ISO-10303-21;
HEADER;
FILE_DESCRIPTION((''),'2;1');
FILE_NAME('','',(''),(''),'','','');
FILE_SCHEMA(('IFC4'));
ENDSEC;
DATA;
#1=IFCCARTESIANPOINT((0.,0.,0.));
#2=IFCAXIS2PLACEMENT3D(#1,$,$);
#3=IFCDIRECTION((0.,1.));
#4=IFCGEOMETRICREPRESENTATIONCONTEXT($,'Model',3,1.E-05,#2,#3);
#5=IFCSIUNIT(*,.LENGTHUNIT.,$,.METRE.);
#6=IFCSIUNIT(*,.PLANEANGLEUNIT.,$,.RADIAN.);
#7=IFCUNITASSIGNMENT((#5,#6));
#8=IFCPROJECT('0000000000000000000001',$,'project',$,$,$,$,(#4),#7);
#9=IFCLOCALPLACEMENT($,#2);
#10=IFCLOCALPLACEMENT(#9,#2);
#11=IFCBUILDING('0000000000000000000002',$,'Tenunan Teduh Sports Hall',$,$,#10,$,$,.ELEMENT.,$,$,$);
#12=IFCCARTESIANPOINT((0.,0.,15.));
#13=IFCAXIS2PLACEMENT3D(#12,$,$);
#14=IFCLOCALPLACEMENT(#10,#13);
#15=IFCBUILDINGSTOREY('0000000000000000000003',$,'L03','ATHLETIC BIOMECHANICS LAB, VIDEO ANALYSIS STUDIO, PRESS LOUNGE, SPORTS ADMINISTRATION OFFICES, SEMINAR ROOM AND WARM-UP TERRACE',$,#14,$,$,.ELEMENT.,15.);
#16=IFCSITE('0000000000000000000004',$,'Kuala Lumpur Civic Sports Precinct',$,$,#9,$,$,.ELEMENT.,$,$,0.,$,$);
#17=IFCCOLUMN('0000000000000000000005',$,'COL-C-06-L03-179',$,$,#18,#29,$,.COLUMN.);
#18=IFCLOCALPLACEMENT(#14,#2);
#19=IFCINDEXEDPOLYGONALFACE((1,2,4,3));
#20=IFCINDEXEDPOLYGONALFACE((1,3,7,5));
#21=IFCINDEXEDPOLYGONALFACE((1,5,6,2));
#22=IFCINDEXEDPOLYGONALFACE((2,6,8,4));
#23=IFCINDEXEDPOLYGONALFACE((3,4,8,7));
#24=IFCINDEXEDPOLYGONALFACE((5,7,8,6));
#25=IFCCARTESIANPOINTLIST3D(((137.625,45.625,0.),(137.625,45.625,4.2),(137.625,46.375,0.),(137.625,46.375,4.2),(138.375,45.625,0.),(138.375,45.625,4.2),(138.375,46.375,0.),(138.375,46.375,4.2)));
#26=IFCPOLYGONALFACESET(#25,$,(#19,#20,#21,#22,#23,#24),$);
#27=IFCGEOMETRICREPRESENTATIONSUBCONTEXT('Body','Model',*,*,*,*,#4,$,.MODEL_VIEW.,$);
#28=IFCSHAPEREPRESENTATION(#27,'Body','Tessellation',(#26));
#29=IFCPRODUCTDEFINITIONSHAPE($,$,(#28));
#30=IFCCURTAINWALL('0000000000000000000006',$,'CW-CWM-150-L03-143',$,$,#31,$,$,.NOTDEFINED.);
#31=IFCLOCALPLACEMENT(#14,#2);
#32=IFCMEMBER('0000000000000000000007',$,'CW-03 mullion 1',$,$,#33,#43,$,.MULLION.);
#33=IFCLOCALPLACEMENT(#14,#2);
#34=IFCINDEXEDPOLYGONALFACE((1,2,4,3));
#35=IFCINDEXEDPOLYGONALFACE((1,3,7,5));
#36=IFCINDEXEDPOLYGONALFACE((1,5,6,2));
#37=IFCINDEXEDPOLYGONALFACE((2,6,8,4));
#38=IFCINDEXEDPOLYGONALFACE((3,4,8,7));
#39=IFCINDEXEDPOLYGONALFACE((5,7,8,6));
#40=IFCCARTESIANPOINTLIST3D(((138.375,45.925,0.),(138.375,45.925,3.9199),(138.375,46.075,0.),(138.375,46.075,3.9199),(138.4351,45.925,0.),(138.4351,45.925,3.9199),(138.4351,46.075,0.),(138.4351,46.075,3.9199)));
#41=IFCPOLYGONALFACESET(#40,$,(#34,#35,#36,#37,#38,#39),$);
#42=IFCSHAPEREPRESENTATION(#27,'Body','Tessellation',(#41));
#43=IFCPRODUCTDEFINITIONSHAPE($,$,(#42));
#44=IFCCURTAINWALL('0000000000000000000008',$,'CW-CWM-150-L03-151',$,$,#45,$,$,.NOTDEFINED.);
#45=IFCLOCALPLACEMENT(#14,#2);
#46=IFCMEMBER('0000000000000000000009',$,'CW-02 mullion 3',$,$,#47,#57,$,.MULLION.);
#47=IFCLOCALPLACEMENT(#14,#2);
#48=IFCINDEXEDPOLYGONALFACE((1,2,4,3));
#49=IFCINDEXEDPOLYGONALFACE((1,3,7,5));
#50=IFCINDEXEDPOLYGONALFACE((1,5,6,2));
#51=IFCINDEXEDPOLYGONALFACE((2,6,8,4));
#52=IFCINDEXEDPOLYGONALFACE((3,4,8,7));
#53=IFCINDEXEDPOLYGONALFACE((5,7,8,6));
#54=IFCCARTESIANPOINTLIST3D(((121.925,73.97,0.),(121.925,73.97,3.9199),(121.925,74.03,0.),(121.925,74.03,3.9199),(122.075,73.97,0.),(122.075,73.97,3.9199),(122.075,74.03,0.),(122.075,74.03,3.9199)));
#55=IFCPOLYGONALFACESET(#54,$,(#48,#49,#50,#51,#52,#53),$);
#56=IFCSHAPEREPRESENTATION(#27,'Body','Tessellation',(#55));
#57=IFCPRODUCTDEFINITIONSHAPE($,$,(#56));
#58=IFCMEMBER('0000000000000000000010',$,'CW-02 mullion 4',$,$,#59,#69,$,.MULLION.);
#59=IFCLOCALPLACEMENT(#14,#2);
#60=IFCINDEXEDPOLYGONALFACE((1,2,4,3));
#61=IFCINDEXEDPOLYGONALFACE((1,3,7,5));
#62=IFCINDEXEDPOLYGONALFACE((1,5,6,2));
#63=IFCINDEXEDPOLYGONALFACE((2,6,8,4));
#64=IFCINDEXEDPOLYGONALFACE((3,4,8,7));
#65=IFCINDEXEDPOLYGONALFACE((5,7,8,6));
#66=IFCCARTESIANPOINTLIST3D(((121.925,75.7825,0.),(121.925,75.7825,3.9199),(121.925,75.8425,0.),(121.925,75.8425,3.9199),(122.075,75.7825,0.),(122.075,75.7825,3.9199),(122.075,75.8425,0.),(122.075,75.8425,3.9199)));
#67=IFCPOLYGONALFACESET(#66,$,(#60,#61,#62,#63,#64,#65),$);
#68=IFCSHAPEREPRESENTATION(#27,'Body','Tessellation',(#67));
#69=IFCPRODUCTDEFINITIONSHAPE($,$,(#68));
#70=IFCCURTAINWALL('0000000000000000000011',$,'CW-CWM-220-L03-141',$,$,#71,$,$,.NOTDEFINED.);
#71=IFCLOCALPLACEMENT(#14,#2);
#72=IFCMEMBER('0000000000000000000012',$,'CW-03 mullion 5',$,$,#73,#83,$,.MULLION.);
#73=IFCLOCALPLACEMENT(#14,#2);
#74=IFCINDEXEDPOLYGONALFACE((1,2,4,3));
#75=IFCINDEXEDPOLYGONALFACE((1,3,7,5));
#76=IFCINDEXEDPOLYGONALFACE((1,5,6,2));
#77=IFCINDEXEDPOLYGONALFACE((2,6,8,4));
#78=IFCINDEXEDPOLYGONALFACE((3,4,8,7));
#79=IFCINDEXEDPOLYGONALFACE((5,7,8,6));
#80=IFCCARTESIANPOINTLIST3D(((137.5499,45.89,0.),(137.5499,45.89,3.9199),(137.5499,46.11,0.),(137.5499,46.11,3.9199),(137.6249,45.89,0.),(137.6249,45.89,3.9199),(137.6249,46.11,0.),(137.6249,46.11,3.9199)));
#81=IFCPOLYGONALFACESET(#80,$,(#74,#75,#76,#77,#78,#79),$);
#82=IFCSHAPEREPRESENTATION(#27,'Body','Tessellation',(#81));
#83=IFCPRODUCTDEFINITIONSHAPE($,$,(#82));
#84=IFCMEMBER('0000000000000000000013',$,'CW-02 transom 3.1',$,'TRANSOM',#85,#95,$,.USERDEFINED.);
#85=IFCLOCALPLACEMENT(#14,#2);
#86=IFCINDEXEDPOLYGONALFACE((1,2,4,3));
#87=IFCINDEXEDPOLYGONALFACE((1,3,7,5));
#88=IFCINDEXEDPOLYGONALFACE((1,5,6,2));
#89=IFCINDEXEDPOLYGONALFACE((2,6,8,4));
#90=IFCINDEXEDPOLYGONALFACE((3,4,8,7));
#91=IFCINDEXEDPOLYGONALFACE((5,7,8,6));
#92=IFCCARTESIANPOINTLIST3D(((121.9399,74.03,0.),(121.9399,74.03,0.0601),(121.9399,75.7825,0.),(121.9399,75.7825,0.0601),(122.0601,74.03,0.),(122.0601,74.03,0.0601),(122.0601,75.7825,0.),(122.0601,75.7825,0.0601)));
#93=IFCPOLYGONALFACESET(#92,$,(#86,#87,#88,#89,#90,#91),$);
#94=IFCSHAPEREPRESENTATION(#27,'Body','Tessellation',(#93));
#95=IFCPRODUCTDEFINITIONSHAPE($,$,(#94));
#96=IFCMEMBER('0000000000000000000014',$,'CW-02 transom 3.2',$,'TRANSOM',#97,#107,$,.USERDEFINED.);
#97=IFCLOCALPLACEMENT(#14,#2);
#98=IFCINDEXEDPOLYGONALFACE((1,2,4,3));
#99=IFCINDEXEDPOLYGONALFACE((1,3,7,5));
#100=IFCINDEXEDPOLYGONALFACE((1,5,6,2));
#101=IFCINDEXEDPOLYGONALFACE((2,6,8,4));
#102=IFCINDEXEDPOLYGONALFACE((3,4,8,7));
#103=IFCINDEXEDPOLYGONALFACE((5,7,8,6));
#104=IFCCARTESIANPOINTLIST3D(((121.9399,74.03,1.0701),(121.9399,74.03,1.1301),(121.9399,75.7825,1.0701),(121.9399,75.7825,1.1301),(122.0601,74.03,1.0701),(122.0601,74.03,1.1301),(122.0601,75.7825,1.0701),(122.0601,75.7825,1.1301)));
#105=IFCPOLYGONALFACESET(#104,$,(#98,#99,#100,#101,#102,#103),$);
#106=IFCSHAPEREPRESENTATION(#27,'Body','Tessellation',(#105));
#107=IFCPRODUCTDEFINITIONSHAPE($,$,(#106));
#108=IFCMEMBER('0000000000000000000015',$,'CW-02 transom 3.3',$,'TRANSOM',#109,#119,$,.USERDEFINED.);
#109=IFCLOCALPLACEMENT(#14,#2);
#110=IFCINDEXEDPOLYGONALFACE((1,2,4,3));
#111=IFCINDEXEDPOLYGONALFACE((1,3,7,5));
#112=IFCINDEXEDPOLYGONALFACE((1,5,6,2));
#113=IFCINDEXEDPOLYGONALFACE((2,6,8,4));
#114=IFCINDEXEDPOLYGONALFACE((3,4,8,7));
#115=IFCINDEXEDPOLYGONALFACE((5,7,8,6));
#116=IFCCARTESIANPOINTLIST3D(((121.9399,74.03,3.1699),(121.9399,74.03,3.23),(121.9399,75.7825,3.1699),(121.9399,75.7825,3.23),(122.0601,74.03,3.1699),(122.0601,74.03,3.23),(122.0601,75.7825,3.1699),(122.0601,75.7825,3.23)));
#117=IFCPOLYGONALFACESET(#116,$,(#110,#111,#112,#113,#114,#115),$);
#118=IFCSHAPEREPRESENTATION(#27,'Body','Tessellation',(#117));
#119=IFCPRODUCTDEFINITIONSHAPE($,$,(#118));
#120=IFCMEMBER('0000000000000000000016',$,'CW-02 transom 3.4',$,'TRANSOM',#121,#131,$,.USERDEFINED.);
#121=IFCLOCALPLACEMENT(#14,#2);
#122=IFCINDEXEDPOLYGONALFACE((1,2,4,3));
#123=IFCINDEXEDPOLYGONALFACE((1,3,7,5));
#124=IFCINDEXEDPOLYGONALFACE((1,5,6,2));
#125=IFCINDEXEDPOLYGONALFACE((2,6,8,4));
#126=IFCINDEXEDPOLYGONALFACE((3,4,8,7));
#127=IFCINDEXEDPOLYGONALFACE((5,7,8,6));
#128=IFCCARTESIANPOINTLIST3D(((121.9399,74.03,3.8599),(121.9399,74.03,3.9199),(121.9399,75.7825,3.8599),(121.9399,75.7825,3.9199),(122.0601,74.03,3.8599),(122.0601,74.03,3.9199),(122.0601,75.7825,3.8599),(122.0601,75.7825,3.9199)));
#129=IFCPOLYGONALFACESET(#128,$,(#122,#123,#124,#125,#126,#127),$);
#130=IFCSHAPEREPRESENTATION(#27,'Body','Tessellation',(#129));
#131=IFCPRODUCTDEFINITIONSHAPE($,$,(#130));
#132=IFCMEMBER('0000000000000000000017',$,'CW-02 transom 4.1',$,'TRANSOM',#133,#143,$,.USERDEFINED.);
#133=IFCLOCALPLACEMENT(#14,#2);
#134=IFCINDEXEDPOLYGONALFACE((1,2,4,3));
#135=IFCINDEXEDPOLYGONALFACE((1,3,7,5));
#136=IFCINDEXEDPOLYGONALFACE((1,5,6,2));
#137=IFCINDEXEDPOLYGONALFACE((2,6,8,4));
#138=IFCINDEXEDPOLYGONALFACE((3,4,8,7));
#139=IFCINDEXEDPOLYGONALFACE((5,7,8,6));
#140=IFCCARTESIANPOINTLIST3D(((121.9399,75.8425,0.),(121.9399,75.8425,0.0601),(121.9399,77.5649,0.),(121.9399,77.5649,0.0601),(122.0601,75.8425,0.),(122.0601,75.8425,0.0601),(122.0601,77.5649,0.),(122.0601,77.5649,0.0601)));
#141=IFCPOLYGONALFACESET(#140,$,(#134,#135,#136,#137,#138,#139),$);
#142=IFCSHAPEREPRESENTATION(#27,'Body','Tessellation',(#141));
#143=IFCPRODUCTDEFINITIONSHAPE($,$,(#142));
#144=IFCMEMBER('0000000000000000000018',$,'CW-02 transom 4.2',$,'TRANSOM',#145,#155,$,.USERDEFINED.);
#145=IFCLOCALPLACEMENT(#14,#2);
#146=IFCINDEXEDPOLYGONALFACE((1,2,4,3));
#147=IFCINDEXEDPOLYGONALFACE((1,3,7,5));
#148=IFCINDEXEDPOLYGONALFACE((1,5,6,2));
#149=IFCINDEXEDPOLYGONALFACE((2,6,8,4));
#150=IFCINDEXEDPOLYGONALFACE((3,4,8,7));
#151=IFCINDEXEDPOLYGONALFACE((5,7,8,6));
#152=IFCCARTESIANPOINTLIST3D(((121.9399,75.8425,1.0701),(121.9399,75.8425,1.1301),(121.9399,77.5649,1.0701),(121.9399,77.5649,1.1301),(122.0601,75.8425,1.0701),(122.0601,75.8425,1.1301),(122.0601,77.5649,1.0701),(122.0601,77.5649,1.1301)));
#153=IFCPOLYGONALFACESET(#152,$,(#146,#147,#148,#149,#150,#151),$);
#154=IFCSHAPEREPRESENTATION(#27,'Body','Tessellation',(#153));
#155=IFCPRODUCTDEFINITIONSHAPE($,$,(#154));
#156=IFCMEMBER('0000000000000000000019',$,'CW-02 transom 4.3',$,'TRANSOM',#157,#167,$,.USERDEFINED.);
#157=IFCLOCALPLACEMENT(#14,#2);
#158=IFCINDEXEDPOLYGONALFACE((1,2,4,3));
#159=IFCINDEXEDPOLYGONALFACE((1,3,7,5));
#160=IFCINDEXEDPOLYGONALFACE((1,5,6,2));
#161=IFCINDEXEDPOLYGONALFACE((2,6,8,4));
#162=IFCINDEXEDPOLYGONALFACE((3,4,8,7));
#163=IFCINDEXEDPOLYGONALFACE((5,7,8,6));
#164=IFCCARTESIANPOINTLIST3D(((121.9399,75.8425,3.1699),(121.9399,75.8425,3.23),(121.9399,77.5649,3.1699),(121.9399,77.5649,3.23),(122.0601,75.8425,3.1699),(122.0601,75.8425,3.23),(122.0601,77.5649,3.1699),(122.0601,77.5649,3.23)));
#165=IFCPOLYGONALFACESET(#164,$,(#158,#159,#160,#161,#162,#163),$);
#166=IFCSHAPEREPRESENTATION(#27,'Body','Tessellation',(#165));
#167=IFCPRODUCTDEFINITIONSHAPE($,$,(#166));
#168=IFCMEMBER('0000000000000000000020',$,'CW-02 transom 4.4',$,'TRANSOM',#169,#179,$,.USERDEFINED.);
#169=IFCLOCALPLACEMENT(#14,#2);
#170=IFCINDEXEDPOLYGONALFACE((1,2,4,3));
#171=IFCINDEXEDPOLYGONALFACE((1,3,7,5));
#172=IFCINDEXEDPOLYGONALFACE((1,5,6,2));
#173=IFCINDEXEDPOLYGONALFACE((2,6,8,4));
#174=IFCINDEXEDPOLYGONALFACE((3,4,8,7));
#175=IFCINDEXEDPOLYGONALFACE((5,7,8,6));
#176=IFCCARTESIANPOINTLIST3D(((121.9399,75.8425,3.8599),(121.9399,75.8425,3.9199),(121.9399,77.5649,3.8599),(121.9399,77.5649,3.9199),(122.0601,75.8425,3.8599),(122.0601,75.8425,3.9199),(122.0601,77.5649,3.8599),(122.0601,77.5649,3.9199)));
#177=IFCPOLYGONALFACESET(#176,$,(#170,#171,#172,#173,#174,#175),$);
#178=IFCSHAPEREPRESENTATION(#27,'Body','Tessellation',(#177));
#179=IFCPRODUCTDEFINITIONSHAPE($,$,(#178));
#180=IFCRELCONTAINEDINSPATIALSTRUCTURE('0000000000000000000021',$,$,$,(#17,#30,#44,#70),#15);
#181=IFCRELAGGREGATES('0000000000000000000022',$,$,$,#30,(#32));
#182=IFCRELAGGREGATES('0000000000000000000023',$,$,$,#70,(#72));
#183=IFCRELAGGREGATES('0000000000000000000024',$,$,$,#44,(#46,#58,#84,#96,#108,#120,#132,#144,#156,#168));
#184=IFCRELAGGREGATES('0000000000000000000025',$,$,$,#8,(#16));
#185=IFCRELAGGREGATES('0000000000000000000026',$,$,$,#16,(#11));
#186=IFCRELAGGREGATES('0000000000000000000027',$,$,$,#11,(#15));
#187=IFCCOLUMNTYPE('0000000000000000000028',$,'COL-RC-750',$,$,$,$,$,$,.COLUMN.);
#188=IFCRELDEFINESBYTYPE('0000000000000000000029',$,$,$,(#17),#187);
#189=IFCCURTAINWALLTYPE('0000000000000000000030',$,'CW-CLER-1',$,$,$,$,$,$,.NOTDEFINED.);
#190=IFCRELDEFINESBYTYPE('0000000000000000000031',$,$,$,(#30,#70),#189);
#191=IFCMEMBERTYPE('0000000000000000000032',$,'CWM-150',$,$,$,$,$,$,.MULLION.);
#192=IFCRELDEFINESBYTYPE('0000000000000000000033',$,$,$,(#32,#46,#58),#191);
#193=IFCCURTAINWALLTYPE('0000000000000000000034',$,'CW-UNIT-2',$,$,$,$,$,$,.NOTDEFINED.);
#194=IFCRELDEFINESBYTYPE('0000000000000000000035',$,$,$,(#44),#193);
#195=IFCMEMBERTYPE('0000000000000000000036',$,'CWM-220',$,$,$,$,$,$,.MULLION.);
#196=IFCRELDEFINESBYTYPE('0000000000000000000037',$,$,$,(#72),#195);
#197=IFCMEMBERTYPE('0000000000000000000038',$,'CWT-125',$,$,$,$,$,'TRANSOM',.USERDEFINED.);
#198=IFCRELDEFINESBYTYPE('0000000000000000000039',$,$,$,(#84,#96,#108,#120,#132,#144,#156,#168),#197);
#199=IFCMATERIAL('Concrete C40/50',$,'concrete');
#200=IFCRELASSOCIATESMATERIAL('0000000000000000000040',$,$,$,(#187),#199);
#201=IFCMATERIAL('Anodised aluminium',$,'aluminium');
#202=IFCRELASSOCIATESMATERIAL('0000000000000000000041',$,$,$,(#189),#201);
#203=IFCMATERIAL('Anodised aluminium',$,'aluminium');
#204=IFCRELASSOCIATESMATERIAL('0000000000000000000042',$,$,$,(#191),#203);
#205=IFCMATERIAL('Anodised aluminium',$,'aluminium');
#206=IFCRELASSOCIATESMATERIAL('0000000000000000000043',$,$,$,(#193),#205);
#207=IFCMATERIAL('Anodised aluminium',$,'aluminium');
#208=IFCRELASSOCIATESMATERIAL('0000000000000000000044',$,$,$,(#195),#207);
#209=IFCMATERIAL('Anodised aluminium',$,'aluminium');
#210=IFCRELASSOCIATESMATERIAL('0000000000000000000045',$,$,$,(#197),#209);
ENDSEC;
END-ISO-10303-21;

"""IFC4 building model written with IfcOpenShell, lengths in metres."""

from ifc_helpers import new_model, si_unit, direction, frame, origin, origin_2d, place, context, subcontext, project, spatial, rectangle, extrude, material, material_profile, profile_set, type_object, element, aggregate, save


model = new_model("IFC4")

# Units and contexts
model_context = context("Model", 3, precision=1e-05, world=origin(), true_north=direction((0.0, 1.0)))
body_context = subcontext(model_context, "Body", "Model", "MODEL_VIEW")
ifc_project = project(units=[si_unit("LENGTHUNIT", "METRE"), si_unit("PLANEANGLEUNIT", "RADIAN")], contexts=[model_context])

# Site, building, storey
site_placement = place(None, origin())
site = spatial("IfcSite", under=ifc_project, at=site_placement, Name="Kuala Lumpur Civic Sports Precinct", CompositionType="ELEMENT", RefElevation=0.0)
building_placement = place(site_placement, origin())
building = spatial("IfcBuilding", under=site, at=building_placement, Name="Tenunan Teduh Sports Hall", CompositionType="ELEMENT")
storey_placement = place(building_placement, frame((0.0, 0.0, 15.0)))
storey = spatial("IfcBuildingStorey", under=building, at=storey_placement, Name="L03", Description="ATHLETIC BIOMECHANICS LAB, VIDEO ANALYSIS STUDIO, PRESS LOUNGE, SPORTS ADMINISTRATION OFFICES, SEMINAR ROOM AND WARM-UP TERRACE", CompositionType="ELEMENT", Elevation=15.0)

# Column
ifc_material_1 = material(Name="Concrete C40/50", Category="concrete")
ifc_material_profile_1 = material_profile(ifc_material_1, rectangle(XDim=0.75, YDim=0.75, at=origin_2d()), Name="RC 750x750")
ifc_profile_set_1 = profile_set([ifc_material_profile_1], Name="Concrete C40/50")
column_type = type_object("IfcColumnType", Name="COL-RC-750", PredefinedType="COLUMN", material=ifc_profile_set_1)
column_placement = place(storey_placement, frame((138.0, 46.0, 0.0), z_axis=(0.0, 0.0, 1.0), x_axis=(1.0, 0.0, 0.0)))
element("IfcColumn", 1, at=column_placement, inside=storey, type_object=column_type, Name="COL-C-06-L03-179", PredefinedType="COLUMN", context=body_context, shape_type="SweptSolid", body=[
    extrude(rectangle(XDim=0.75, YDim=0.75, at=origin_2d()), origin(), (0.0, 0.0, 1.0), 4.2),
])

# Curtain wall, member
ifc_material_2 = material(Name="Anodised aluminium", Category="aluminium")
curtain_wall_type_1 = type_object("IfcCurtainWallType", Name="CW-CLER-1", PredefinedType="NOTDEFINED", material=ifc_material_2)
curtain_wall_1_placement = place(storey_placement, origin())
curtain_wall_1 = element("IfcCurtainWall", 2, at=curtain_wall_1_placement, inside=storey, type_object=curtain_wall_type_1, Name="CW-CWM-150-L03-143", PredefinedType="NOTDEFINED")
ifc_material_3 = material(Name="Anodised aluminium", Category="aluminium")
ifc_material_profile_2 = material_profile(ifc_material_3, rectangle(XDim=0.0601, YDim=0.1499, at=origin_2d()), Name="CWM 60x150")
ifc_profile_set_2 = profile_set([ifc_material_profile_2], Name="Anodised aluminium")
member_type_1 = type_object("IfcMemberType", Name="CWM-150", PredefinedType="MULLION", material=ifc_profile_set_2)
member_1_placement = place(storey_placement, frame((138.405, 46.0, 0.0), z_axis=(0.0, 0.0, 1.0), x_axis=(1.0, 0.0, 0.0)))
member_1 = element("IfcMember", 3, at=member_1_placement, type_object=member_type_1, Name="CW-03 mullion 1", PredefinedType="MULLION", context=body_context, shape_type="SweptSolid", body=[
    extrude(rectangle(XDim=0.0601, YDim=0.1499, at=origin_2d()), origin(), (0.0, 0.0, 1.0), 3.9199),
])
aggregate(curtain_wall_1, [member_1])

# Curtain wall, members
ifc_material_4 = material(Name="Anodised aluminium", Category="aluminium")
curtain_wall_type_2 = type_object("IfcCurtainWallType", Name="CW-UNIT-2", PredefinedType="NOTDEFINED", material=ifc_material_4)
curtain_wall_2_placement = place(storey_placement, origin())
curtain_wall_2 = element("IfcCurtainWall", 4, at=curtain_wall_2_placement, inside=storey, type_object=curtain_wall_type_2, Name="CW-CWM-150-L03-151", PredefinedType="NOTDEFINED")
member_2_placement = place(storey_placement, frame((122.0, 74.0, 0.0), z_axis=(0.0, 0.0, 1.0), x_axis=(0.0, 1.0, 0.0)))
member_2 = element("IfcMember", 5, at=member_2_placement, type_object=member_type_1, Name="CW-02 mullion 3", PredefinedType="MULLION", context=body_context, shape_type="SweptSolid", body=[
    extrude(rectangle(XDim=0.0601, YDim=0.1499, at=origin_2d()), origin(), (0.0, 0.0, 1.0), 3.9199),
])
member_3_placement = place(storey_placement, frame((122.0, 75.8125, 0.0), z_axis=(0.0, 0.0, 1.0), x_axis=(0.0, 1.0, 0.0)))
member_3 = element("IfcMember", 6, at=member_3_placement, type_object=member_type_1, Name="CW-02 mullion 4", PredefinedType="MULLION", context=body_context, shape_type="SweptSolid", body=[
    extrude(rectangle(XDim=0.0601, YDim=0.1499, at=origin_2d()), origin(), (0.0, 0.0, 1.0), 3.9199),
])

# Curtain wall, member
curtain_wall_3_placement = place(storey_placement, origin())
curtain_wall_3 = element("IfcCurtainWall", 7, at=curtain_wall_3_placement, inside=storey, type_object=curtain_wall_type_1, Name="CW-CWM-220-L03-141", PredefinedType="NOTDEFINED")
ifc_material_5 = material(Name="Anodised aluminium", Category="aluminium")
ifc_material_profile_3 = material_profile(ifc_material_5, rectangle(XDim=0.075, YDim=0.22, at=origin_2d()), Name="CWM 75x220")
ifc_profile_set_3 = profile_set([ifc_material_profile_3], Name="Anodised aluminium")
member_type_2 = type_object("IfcMemberType", Name="CWM-220", PredefinedType="MULLION", material=ifc_profile_set_3)
member_4_placement = place(storey_placement, frame((137.5874, 46.0, 0.0), z_axis=(0.0, 0.0, 1.0), x_axis=(1.0, 0.0, 0.0)))
member_4 = element("IfcMember", 8, at=member_4_placement, type_object=member_type_2, Name="CW-03 mullion 5", PredefinedType="MULLION", context=body_context, shape_type="SweptSolid", body=[
    extrude(rectangle(XDim=0.075, YDim=0.22, at=origin_2d()), origin(), (0.0, 0.0, 1.0), 3.9199),
])
aggregate(curtain_wall_3, [member_4])

# Members
ifc_material_6 = material(Name="Anodised aluminium", Category="aluminium")
ifc_material_profile_4 = material_profile(ifc_material_6, rectangle(XDim=0.0601, YDim=0.1201, at=origin_2d()), Name="CWT 60x120")
ifc_profile_set_4 = profile_set([ifc_material_profile_4], Name="Anodised aluminium")
member_type_3 = type_object("IfcMemberType", Name="CWT-125", ElementType="TRANSOM", PredefinedType="USERDEFINED", material=ifc_profile_set_4)
member_5_placement = place(storey_placement, frame((122.0, 74.03, 0.03), z_axis=(0.0, 1.0, 0.0), x_axis=(0.0, 0.0, 1.0)))
member_5 = element("IfcMember", 9, at=member_5_placement, type_object=member_type_3, Name="CW-02 transom 3.1", ObjectType="TRANSOM", PredefinedType="USERDEFINED", context=body_context, shape_type="SweptSolid", body=[
    extrude(rectangle(XDim=0.0601, YDim=0.1201, at=origin_2d()), origin(), (0.0, 0.0, 1.0), 1.7524),
])
member_6_placement = place(storey_placement, frame((122.0, 74.03, 1.1001), z_axis=(0.0, 1.0, 0.0), x_axis=(0.0, 0.0, 1.0)))
member_6 = element("IfcMember", 10, at=member_6_placement, type_object=member_type_3, Name="CW-02 transom 3.2", ObjectType="TRANSOM", PredefinedType="USERDEFINED", context=body_context, shape_type="SweptSolid", body=[
    extrude(rectangle(XDim=0.0601, YDim=0.1201, at=origin_2d()), origin(), (0.0, 0.0, 1.0), 1.7524),
])
member_7_placement = place(storey_placement, frame((122.0, 74.03, 3.2), z_axis=(0.0, 1.0, 0.0), x_axis=(0.0, 0.0, 1.0)))
member_7 = element("IfcMember", 11, at=member_7_placement, type_object=member_type_3, Name="CW-02 transom 3.3", ObjectType="TRANSOM", PredefinedType="USERDEFINED", context=body_context, shape_type="SweptSolid", body=[
    extrude(rectangle(XDim=0.0601, YDim=0.1201, at=origin_2d()), origin(), (0.0, 0.0, 1.0), 1.7524),
])
member_8_placement = place(storey_placement, frame((122.0, 74.03, 3.8899), z_axis=(0.0, 1.0, 0.0), x_axis=(0.0, 0.0, 1.0)))
member_8 = element("IfcMember", 12, at=member_8_placement, type_object=member_type_3, Name="CW-02 transom 3.4", ObjectType="TRANSOM", PredefinedType="USERDEFINED", context=body_context, shape_type="SweptSolid", body=[
    extrude(rectangle(XDim=0.0601, YDim=0.1201, at=origin_2d()), origin(), (0.0, 0.0, 1.0), 1.7524),
])
member_9_placement = place(storey_placement, frame((122.0, 75.8425, 0.03), z_axis=(0.0, 1.0, 0.0), x_axis=(0.0, 0.0, 1.0)))
member_9 = element("IfcMember", 13, at=member_9_placement, type_object=member_type_3, Name="CW-02 transom 4.1", ObjectType="TRANSOM", PredefinedType="USERDEFINED", context=body_context, shape_type="SweptSolid", body=[
    extrude(rectangle(XDim=0.0601, YDim=0.1201, at=origin_2d()), origin(), (0.0, 0.0, 1.0), 1.7224),
])
member_10_placement = place(storey_placement, frame((122.0, 75.8425, 1.1001), z_axis=(0.0, 1.0, 0.0), x_axis=(0.0, 0.0, 1.0)))
member_10 = element("IfcMember", 14, at=member_10_placement, type_object=member_type_3, Name="CW-02 transom 4.2", ObjectType="TRANSOM", PredefinedType="USERDEFINED", context=body_context, shape_type="SweptSolid", body=[
    extrude(rectangle(XDim=0.0601, YDim=0.1201, at=origin_2d()), origin(), (0.0, 0.0, 1.0), 1.7224),
])
member_11_placement = place(storey_placement, frame((122.0, 75.8425, 3.2), z_axis=(0.0, 1.0, 0.0), x_axis=(0.0, 0.0, 1.0)))
member_11 = element("IfcMember", 15, at=member_11_placement, type_object=member_type_3, Name="CW-02 transom 4.3", ObjectType="TRANSOM", PredefinedType="USERDEFINED", context=body_context, shape_type="SweptSolid", body=[
    extrude(rectangle(XDim=0.0601, YDim=0.1201, at=origin_2d()), origin(), (0.0, 0.0, 1.0), 1.7224),
])
member_12_placement = place(storey_placement, frame((122.0, 75.8425, 3.8899), z_axis=(0.0, 1.0, 0.0), x_axis=(0.0, 0.0, 1.0)))
member_12 = element("IfcMember", 16, at=member_12_placement, type_object=member_type_3, Name="CW-02 transom 4.4", ObjectType="TRANSOM", PredefinedType="USERDEFINED", context=body_context, shape_type="SweptSolid", body=[
    extrude(rectangle(XDim=0.0601, YDim=0.1201, at=origin_2d()), origin(), (0.0, 0.0, 1.0), 1.7224),
])

aggregate(curtain_wall_2, [member_2, member_3, member_5, member_6, member_7, member_8, member_9, member_10, member_11, member_12])

save(model, "model.ifc")
